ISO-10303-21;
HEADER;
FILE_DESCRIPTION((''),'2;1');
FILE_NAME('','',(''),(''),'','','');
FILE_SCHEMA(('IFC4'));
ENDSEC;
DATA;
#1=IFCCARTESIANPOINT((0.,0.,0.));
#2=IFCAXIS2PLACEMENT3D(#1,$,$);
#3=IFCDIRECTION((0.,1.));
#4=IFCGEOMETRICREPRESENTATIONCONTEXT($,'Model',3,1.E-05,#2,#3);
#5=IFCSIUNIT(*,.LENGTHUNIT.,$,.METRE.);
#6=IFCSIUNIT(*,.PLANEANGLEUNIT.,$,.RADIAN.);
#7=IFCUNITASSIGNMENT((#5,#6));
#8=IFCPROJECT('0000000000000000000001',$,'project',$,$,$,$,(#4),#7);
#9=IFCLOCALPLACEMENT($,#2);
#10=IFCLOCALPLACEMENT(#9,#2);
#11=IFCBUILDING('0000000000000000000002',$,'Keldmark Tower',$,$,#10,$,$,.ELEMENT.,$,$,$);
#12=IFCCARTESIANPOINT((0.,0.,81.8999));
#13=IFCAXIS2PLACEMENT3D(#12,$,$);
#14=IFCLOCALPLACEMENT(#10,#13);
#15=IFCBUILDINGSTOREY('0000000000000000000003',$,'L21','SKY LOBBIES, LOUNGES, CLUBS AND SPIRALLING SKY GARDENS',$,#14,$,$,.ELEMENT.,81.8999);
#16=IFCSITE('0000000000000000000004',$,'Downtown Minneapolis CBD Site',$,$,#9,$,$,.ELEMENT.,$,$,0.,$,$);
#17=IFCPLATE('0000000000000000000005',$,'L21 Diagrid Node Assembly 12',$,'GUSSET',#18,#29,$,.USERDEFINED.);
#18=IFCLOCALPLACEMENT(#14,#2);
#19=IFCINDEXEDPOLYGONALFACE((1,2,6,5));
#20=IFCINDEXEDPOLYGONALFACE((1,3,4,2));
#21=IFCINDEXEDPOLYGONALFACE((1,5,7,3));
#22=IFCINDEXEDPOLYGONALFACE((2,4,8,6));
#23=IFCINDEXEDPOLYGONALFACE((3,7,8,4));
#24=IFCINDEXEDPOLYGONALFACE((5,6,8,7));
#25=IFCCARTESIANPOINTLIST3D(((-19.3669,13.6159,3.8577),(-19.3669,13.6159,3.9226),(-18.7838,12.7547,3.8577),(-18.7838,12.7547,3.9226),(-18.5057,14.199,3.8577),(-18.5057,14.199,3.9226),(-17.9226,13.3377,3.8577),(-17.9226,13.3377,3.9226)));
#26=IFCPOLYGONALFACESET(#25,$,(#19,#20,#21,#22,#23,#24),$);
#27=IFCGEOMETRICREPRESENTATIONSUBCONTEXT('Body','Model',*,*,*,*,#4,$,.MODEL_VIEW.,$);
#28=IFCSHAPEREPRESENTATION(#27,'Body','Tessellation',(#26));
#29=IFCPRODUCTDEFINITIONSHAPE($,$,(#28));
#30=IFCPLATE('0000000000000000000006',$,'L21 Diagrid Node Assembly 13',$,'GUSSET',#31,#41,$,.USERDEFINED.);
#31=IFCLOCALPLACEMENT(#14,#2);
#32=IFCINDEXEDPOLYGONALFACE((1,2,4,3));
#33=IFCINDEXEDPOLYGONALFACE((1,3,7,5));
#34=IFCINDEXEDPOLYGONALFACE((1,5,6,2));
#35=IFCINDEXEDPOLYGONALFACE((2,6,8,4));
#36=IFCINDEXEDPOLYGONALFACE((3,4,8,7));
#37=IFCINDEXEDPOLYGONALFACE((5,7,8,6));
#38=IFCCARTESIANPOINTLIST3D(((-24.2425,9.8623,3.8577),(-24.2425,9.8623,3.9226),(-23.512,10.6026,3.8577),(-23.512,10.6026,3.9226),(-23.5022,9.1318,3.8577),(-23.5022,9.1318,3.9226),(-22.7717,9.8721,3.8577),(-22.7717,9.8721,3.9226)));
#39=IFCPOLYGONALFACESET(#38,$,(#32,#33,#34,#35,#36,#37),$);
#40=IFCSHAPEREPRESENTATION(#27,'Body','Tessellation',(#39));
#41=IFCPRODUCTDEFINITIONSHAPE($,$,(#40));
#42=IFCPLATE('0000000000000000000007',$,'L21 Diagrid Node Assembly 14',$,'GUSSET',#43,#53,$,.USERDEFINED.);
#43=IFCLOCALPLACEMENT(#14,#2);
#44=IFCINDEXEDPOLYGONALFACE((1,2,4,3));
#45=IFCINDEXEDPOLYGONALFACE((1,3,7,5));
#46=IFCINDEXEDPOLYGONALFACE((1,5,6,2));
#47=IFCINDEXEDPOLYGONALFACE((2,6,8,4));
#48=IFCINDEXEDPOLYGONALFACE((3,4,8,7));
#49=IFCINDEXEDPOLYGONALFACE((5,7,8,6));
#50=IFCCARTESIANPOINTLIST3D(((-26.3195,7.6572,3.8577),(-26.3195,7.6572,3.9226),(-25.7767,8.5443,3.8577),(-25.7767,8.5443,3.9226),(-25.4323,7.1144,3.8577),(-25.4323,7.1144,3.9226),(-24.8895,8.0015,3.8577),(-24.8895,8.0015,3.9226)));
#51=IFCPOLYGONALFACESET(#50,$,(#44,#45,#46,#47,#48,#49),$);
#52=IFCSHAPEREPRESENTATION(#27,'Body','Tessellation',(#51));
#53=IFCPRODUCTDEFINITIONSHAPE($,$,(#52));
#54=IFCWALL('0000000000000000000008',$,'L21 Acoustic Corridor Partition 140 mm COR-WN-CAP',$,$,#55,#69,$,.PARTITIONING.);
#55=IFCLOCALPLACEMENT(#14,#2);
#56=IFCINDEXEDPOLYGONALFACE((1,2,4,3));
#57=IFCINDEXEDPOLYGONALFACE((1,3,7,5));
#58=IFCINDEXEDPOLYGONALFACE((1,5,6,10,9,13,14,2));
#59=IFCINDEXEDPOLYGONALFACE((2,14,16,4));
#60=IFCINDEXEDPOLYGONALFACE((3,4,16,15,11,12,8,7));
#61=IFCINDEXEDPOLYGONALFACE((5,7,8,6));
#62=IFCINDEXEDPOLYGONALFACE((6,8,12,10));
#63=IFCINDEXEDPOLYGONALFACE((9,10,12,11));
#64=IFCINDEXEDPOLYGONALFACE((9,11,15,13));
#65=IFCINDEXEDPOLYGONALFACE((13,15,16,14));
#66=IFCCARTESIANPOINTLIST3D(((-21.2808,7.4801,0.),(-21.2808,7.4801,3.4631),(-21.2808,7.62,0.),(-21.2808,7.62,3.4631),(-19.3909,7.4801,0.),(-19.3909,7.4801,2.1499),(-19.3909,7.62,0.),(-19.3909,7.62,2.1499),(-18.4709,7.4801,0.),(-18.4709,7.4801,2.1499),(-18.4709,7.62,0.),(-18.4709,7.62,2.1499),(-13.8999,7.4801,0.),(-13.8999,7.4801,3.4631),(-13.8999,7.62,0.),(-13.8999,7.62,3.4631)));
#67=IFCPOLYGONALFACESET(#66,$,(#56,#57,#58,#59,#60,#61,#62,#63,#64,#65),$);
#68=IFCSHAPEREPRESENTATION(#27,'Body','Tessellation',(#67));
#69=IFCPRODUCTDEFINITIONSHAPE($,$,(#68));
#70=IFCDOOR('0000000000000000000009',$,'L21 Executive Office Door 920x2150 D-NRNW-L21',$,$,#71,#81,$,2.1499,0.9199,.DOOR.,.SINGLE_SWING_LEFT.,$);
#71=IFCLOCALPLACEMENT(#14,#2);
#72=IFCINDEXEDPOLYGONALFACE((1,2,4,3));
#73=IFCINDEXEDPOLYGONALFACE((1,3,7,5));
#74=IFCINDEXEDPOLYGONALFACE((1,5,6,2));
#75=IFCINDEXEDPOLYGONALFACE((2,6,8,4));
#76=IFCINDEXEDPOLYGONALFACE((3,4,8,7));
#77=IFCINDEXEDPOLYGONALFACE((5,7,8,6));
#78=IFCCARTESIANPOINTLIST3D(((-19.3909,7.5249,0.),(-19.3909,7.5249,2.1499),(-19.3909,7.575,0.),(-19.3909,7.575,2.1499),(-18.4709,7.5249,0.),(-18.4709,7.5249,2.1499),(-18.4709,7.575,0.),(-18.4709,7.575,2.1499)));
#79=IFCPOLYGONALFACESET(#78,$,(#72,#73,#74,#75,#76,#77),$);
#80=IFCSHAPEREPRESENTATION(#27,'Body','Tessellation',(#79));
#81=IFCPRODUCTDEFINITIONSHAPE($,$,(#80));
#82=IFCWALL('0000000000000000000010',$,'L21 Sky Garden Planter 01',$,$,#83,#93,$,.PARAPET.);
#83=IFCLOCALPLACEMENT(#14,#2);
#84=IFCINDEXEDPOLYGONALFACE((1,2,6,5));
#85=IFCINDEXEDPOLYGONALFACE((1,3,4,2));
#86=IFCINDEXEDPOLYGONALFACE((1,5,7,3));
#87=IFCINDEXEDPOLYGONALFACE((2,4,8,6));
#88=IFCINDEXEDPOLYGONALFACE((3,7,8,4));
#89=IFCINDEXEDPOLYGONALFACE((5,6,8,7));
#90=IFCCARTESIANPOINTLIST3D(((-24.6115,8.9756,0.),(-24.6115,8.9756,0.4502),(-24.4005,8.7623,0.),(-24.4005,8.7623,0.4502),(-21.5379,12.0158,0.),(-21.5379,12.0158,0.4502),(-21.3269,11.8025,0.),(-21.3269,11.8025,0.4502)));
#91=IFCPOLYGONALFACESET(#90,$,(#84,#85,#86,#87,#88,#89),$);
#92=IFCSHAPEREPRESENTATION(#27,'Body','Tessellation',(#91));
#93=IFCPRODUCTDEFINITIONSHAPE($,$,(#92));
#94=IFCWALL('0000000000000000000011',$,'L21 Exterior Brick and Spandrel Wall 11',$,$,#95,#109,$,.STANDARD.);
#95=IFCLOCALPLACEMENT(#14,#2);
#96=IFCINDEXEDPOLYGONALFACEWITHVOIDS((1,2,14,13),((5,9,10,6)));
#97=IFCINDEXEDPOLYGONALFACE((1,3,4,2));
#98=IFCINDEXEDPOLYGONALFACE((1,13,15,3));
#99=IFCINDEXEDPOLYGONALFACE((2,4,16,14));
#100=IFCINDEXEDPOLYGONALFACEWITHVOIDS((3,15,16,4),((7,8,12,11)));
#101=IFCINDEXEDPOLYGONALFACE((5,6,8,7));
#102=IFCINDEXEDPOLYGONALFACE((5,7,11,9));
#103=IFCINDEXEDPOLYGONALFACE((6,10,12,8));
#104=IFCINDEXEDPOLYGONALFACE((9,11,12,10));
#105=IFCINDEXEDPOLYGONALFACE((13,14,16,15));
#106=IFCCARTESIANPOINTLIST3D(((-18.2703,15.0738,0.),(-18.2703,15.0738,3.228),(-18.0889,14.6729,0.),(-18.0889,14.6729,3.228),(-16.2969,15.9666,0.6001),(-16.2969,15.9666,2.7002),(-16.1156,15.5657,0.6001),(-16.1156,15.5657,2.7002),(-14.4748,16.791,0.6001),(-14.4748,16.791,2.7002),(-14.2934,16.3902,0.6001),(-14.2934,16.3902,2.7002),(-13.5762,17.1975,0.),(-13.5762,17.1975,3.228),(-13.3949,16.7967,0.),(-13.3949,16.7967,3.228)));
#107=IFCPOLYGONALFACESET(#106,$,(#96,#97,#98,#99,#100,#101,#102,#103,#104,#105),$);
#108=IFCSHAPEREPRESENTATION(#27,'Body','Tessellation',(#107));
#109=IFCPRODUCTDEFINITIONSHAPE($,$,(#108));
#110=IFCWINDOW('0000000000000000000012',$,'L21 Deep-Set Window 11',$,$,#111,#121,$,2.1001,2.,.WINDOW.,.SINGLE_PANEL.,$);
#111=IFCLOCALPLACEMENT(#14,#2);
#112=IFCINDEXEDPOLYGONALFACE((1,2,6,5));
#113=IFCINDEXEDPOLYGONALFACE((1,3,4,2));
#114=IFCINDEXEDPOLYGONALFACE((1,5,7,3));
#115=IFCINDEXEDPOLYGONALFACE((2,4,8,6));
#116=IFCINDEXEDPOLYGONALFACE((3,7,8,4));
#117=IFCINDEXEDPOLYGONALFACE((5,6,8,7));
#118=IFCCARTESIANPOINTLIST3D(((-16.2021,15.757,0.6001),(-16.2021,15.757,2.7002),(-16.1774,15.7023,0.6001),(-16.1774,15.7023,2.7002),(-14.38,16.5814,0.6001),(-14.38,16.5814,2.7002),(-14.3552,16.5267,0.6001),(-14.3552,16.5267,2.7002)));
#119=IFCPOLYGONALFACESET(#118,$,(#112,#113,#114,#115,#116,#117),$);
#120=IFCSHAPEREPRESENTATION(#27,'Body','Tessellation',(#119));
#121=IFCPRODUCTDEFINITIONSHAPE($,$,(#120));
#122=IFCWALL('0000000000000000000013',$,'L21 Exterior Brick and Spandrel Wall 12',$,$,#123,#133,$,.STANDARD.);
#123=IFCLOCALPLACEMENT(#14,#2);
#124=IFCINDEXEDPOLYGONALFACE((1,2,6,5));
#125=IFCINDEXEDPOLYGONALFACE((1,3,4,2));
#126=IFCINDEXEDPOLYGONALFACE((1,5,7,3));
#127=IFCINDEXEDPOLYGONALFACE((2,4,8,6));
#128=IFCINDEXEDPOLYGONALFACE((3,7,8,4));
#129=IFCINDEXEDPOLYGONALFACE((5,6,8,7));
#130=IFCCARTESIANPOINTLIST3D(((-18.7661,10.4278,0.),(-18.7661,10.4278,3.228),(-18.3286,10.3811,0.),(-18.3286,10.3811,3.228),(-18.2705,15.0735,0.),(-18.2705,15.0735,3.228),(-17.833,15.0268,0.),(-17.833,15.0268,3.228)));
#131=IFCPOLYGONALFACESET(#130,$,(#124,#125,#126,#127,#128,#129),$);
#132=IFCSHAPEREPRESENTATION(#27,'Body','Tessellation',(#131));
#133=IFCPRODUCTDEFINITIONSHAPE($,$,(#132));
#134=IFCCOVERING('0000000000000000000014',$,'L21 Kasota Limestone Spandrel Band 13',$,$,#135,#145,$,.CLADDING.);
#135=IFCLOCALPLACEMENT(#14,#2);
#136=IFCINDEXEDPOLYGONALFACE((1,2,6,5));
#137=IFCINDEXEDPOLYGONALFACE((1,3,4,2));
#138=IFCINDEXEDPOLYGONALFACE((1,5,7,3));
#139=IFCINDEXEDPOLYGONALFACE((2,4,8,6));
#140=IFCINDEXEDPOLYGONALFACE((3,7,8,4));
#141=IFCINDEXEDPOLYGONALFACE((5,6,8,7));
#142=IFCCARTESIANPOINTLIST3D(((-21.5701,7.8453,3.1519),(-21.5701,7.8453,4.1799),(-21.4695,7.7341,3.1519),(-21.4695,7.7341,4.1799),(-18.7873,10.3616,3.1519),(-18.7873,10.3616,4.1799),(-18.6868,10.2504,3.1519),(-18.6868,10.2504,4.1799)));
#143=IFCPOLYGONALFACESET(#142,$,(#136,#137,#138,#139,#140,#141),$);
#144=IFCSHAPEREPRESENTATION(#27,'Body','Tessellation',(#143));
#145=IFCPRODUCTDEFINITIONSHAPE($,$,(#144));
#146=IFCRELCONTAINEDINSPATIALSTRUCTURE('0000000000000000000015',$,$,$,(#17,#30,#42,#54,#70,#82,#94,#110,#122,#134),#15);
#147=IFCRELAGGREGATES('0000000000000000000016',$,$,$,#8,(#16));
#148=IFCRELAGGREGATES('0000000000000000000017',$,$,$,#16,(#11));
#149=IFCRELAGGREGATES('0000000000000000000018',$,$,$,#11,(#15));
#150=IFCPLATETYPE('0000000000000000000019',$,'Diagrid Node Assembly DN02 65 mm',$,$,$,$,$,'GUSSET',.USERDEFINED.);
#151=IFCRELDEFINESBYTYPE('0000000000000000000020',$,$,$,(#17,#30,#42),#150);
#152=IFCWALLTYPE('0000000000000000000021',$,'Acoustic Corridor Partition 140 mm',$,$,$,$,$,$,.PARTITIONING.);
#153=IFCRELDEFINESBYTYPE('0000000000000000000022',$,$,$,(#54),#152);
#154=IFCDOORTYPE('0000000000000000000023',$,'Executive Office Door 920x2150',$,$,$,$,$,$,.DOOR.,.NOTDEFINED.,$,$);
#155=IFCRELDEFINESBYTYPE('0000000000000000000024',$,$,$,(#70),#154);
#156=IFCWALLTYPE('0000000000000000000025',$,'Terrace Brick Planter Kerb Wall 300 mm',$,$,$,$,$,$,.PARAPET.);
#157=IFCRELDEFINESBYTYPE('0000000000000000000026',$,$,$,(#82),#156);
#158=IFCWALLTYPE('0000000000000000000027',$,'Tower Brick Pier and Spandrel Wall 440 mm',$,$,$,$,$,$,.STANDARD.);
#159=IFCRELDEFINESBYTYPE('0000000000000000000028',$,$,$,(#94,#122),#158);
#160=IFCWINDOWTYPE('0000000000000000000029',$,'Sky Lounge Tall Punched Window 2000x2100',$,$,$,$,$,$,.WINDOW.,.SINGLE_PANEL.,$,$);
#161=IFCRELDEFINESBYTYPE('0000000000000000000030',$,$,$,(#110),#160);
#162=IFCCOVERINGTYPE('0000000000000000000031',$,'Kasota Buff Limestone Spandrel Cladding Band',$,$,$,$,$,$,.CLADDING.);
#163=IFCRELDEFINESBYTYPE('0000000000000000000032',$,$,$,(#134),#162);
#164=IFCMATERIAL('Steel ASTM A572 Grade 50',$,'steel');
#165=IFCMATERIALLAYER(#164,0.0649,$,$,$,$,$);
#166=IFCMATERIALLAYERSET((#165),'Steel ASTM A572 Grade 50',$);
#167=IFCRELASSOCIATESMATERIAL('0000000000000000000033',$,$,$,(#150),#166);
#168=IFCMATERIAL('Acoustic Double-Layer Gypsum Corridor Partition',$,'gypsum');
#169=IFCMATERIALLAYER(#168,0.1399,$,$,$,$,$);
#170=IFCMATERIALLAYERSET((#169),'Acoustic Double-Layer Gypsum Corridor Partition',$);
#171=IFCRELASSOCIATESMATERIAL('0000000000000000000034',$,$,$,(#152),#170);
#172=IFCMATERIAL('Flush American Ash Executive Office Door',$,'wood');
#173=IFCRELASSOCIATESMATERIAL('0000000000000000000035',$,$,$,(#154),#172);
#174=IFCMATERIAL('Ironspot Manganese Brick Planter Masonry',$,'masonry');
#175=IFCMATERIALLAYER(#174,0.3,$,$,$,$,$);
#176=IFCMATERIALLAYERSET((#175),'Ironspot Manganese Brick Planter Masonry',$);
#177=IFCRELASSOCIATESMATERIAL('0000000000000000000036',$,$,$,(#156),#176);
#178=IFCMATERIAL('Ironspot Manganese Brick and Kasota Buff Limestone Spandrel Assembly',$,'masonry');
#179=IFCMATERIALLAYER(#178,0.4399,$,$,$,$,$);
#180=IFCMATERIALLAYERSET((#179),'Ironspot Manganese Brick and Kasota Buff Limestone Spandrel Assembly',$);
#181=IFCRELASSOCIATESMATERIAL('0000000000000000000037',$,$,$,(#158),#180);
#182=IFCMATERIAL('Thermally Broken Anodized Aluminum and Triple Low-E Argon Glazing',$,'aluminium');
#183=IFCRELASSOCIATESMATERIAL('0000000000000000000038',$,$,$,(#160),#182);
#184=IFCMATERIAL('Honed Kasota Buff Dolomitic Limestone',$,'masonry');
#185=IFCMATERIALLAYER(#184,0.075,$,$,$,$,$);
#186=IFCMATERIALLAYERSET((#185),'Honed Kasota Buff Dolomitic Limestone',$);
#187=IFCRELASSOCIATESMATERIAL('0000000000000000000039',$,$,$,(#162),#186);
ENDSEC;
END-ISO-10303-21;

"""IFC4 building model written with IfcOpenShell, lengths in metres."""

from ifc_helpers import new_model, si_unit, direction, frame, frame_2d, origin, origin_2d, place, context, subcontext, project, spatial, rectangle, extrude, material, layer, layer_set, type_object, element, fill, save


model = new_model("IFC4")

# Units and contexts
model_context = context("Model", 3, precision=1e-05, world=origin(), true_north=direction((0.0, 1.0)))
body_context = subcontext(model_context, "Body", "Model", "MODEL_VIEW")
ifc_project = project(units=[si_unit("LENGTHUNIT", "METRE"), si_unit("PLANEANGLEUNIT", "RADIAN")], contexts=[model_context])

# Site, building, storey
site_placement = place(None, origin())
site = spatial("IfcSite", under=ifc_project, at=site_placement, Name="Downtown Minneapolis CBD Site", CompositionType="ELEMENT", RefElevation=0.0)
building_placement = place(site_placement, origin())
building = spatial("IfcBuilding", under=site, at=building_placement, Name="Keldmark Tower", CompositionType="ELEMENT")
storey_placement = place(building_placement, frame((0.0, 0.0, 81.8999)))
storey = spatial("IfcBuildingStorey", under=building, at=storey_placement, Name="L21", Description="SKY LOBBIES, LOUNGES, CLUBS AND SPIRALLING SKY GARDENS", CompositionType="ELEMENT", Elevation=81.8999)

# Plates
ifc_material_1 = material(Name="Steel ASTM A572 Grade 50", Category="steel")
ifc_layer_1 = layer(ifc_material_1, 0.0649)
ifc_layer_set_1 = layer_set([ifc_layer_1], Name="Steel ASTM A572 Grade 50")
plate_type = type_object("IfcPlateType", Name="Diagrid Node Assembly DN02 65 mm", ElementType="GUSSET", PredefinedType="USERDEFINED", material=ifc_layer_set_1)
for number, where, z_axis, x_axis, name in (
    (1, (-18.6448, 13.4768, 3.8577), (0.0, 0.0, 1.0), (-0.82806, -0.560639, 0.0), "L21 Diagrid Node Assembly 12"),
    (2, (-23.5071, 9.8672, 3.8577), (0.0, 0.0, 1.0), (-0.702402, -0.711781, 0.0), "L21 Diagrid Node Assembly 13"),
    (3, (-25.6045, 7.8293, 3.8577), (0.0, 0.0, 1.0), (-0.521903, -0.853005, 0.0), "L21 Diagrid Node Assembly 14"),
):
    element("IfcPlate", number, at=place(storey_placement, frame(where, z_axis=z_axis, x_axis=x_axis)), inside=storey, type_object=plate_type, Name=name, ObjectType="GUSSET", PredefinedType="USERDEFINED", context=body_context, shape_type="SweptSolid", body=[
        extrude(rectangle(XDim=1.04, YDim=1.04, at=origin_2d()), origin(), (0.0, 0.0, 1.0), 0.0649),
    ])

# Wall, opening, door
ifc_material_2 = material(Name="Acoustic Double-Layer Gypsum Corridor Partition", Category="gypsum")
ifc_layer_2 = layer(ifc_material_2, 0.1399)
ifc_layer_set_2 = layer_set([ifc_layer_2], Name="Acoustic Double-Layer Gypsum Corridor Partition")
wall_type_1 = type_object("IfcWallType", Name="Acoustic Corridor Partition 140 mm", PredefinedType="PARTITIONING", material=ifc_layer_set_2)
wall_1_placement = place(storey_placement, frame((-21.2808, 7.55, 0.0), z_axis=(0.0, 0.0, 1.0), x_axis=(1.0, 0.0, 0.0)))
wall_1 = element("IfcWall", 4, at=wall_1_placement, inside=storey, type_object=wall_type_1, Name="L21 Acoustic Corridor Partition 140 mm COR-WN-CAP", PredefinedType="PARTITIONING", context=body_context, shape_type="SweptSolid", body=[
    extrude(rectangle(XDim=7.3809, YDim=0.1399, at=frame_2d((3.6904, 0.0))), origin(), (0.0, 0.0, 1.0), 3.4631),
])
opening_1_placement = place(wall_1_placement, frame((1.8899, 0.0, 0.0)))
opening_1 = element("IfcOpeningElement", 5, at=opening_1_placement, cuts=wall_1, PredefinedType="OPENING", context=body_context, shape_type="SweptSolid", body=[
    extrude(rectangle(XDim=0.9199, YDim=2.1499, at=frame_2d((0.46, 1.075))), frame((0.0, 0.0798, 0.0), z_axis=(0.0, -1.0, 0.0), x_axis=(1.0, 0.0, 0.0)), (0.0, 0.0, 1.0), 0.1599),
])
ifc_material_3 = material(Name="Flush American Ash Executive Office Door", Category="wood")
door_type_1 = type_object("IfcDoorType", Name="Executive Office Door 920x2150", OperationType="NOTDEFINED", PredefinedType="DOOR", material=ifc_material_3)
door_1_placement = place(opening_1_placement, origin())
door_1 = element("IfcDoor", 6, at=door_1_placement, inside=storey, type_object=door_type_1, Name="L21 Executive Office Door 920x2150 D-NRNW-L21", OperationType="SINGLE_SWING_LEFT", OverallHeight=2.1499, OverallWidth=0.9199, PredefinedType="DOOR", context=body_context, shape_type="SweptSolid", body=[
    extrude(rectangle(XDim=0.9199, YDim=2.1499, at=frame_2d((0.46, 1.075))), frame((0.0, 0.0249, 0.0), z_axis=(0.0, -1.0, 0.0), x_axis=(1.0, 0.0, 0.0)), (0.0, 0.0, 1.0), 0.05),
])
fill(opening_1, door_1)

# Wall
ifc_material_4 = material(Name="Ironspot Manganese Brick Planter Masonry", Category="masonry")
ifc_layer_3 = layer(ifc_material_4, 0.3)
ifc_layer_set_3 = layer_set([ifc_layer_3], Name="Ironspot Manganese Brick Planter Masonry")
wall_type_2 = type_object("IfcWallType", Name="Terrace Brick Planter Kerb Wall 300 mm", PredefinedType="PARAPET", material=ifc_layer_set_3)
wall_2_placement = place(storey_placement, frame((-21.4324, 11.9092, 0.0), z_axis=(0.0, 0.0, 1.0), x_axis=(-0.710964, -0.703228, 0.0)))
element("IfcWall", 7, at=wall_2_placement, inside=storey, type_object=wall_type_2, Name="L21 Sky Garden Planter 01", PredefinedType="PARAPET", context=body_context, shape_type="SweptSolid", body=[
    extrude(rectangle(XDim=4.3232, YDim=0.3, at=frame_2d((2.1616, 0.0))), origin(), (0.0, 0.0, 1.0), 0.4502),
])

# Wall, opening, window
ifc_material_5 = material(Name="Ironspot Manganese Brick and Kasota Buff Limestone Spandrel Assembly", Category="masonry")
ifc_layer_4 = layer(ifc_material_5, 0.4399)
ifc_layer_set_4 = layer_set([ifc_layer_4], Name="Ironspot Manganese Brick and Kasota Buff Limestone Spandrel Assembly")
wall_type_3 = type_object("IfcWallType", Name="Tower Brick Pier and Spandrel Wall 440 mm", PredefinedType="STANDARD", material=ifc_layer_set_4)
wall_3_placement = place(storey_placement, frame((-18.1797, 14.8733, 0.0), z_axis=(0.0, 0.0, 1.0), x_axis=(0.911089, 0.41221, 0.0)))
wall_3 = element("IfcWall", 8, at=wall_3_placement, inside=storey, type_object=wall_type_3, Name="L21 Exterior Brick and Spandrel Wall 11", PredefinedType="STANDARD", context=body_context, shape_type="SweptSolid", body=[
    extrude(rectangle(XDim=5.1521, YDim=0.4399, at=frame_2d((2.5762, 0.0))), origin(), (0.0, 0.0, 1.0), 3.228),
])
opening_2_placement = place(wall_3_placement, frame((2.166, 0.0, 0.6001)))
opening_2 = element("IfcOpeningElement", 9, at=opening_2_placement, cuts=wall_3, PredefinedType="OPENING", context=body_context, shape_type="SweptSolid", body=[
    extrude(rectangle(XDim=2.0, YDim=2.1001, at=frame_2d((1.0, 1.05))), frame((0.0, 0.23, 0.0), z_axis=(0.0, -1.0, 0.0), x_axis=(1.0, 0.0, 0.0)), (0.0, 0.0, 1.0), 0.46),
])
ifc_material_6 = material(Name="Thermally Broken Anodized Aluminum and Triple Low-E Argon Glazing", Category="aluminium")
window_type = type_object("IfcWindowType", Name="Sky Lounge Tall Punched Window 2000x2100", PartitioningType="SINGLE_PANEL", PredefinedType="WINDOW", material=ifc_material_6)
window_placement = place(opening_2_placement, origin())
window = element("IfcWindow", 10, at=window_placement, inside=storey, type_object=window_type, Name="L21 Deep-Set Window 11", OverallHeight=2.1001, OverallWidth=2.0, PartitioningType="SINGLE_PANEL", PredefinedType="WINDOW", context=body_context, shape_type="SweptSolid", body=[
    extrude(rectangle(XDim=2.0, YDim=2.1001, at=frame_2d((1.0, 1.05))), frame((0.0, -0.01, 0.0), z_axis=(0.0, -1.0, 0.0), x_axis=(1.0, 0.0, 0.0)), (0.0, 0.0, 1.0), 0.0601),
])
fill(opening_2, window)

# Wall
wall_4_placement = place(storey_placement, frame((-18.5474, 10.4045, 0.0), z_axis=(0.0, 0.0, 1.0), x_axis=(0.106077, 0.994358, 0.0)))
element("IfcWall", 11, at=wall_4_placement, inside=storey, type_object=wall_type_3, Name="L21 Exterior Brick and Spandrel Wall 12", PredefinedType="STANDARD", context=body_context, shape_type="SweptSolid", body=[
    extrude(rectangle(XDim=4.6721, YDim=0.4399, at=frame_2d((2.3359, 0.0))), origin(), (0.0, 0.0, 1.0), 3.228),
])

# Covering
ifc_material_7 = material(Name="Honed Kasota Buff Dolomitic Limestone", Category="masonry")
ifc_layer_5 = layer(ifc_material_7, 0.075)
ifc_layer_set_5 = layer_set([ifc_layer_5], Name="Honed Kasota Buff Dolomitic Limestone")
covering_type = type_object("IfcCoveringType", Name="Kasota Buff Limestone Spandrel Cladding Band", PredefinedType="CLADDING", material=ifc_layer_set_5)
covering_placement = place(storey_placement, frame((-20.1284, 9.0479, 3.1519), z_axis=(0.0, 0.0, 1.0), x_axis=(-0.74173, -0.670699, 0.0)))
element("IfcCovering", 12, at=covering_placement, inside=storey, type_object=covering_type, Name="L21 Kasota Limestone Spandrel Band 13", PredefinedType="CLADDING", context=body_context, shape_type="SweptSolid", body=[
    extrude(rectangle(XDim=3.7517, YDim=0.1499, at=origin_2d()), origin(), (0.0, 0.0, 1.0), 1.0281),
])

save(model, "model.ifc")
